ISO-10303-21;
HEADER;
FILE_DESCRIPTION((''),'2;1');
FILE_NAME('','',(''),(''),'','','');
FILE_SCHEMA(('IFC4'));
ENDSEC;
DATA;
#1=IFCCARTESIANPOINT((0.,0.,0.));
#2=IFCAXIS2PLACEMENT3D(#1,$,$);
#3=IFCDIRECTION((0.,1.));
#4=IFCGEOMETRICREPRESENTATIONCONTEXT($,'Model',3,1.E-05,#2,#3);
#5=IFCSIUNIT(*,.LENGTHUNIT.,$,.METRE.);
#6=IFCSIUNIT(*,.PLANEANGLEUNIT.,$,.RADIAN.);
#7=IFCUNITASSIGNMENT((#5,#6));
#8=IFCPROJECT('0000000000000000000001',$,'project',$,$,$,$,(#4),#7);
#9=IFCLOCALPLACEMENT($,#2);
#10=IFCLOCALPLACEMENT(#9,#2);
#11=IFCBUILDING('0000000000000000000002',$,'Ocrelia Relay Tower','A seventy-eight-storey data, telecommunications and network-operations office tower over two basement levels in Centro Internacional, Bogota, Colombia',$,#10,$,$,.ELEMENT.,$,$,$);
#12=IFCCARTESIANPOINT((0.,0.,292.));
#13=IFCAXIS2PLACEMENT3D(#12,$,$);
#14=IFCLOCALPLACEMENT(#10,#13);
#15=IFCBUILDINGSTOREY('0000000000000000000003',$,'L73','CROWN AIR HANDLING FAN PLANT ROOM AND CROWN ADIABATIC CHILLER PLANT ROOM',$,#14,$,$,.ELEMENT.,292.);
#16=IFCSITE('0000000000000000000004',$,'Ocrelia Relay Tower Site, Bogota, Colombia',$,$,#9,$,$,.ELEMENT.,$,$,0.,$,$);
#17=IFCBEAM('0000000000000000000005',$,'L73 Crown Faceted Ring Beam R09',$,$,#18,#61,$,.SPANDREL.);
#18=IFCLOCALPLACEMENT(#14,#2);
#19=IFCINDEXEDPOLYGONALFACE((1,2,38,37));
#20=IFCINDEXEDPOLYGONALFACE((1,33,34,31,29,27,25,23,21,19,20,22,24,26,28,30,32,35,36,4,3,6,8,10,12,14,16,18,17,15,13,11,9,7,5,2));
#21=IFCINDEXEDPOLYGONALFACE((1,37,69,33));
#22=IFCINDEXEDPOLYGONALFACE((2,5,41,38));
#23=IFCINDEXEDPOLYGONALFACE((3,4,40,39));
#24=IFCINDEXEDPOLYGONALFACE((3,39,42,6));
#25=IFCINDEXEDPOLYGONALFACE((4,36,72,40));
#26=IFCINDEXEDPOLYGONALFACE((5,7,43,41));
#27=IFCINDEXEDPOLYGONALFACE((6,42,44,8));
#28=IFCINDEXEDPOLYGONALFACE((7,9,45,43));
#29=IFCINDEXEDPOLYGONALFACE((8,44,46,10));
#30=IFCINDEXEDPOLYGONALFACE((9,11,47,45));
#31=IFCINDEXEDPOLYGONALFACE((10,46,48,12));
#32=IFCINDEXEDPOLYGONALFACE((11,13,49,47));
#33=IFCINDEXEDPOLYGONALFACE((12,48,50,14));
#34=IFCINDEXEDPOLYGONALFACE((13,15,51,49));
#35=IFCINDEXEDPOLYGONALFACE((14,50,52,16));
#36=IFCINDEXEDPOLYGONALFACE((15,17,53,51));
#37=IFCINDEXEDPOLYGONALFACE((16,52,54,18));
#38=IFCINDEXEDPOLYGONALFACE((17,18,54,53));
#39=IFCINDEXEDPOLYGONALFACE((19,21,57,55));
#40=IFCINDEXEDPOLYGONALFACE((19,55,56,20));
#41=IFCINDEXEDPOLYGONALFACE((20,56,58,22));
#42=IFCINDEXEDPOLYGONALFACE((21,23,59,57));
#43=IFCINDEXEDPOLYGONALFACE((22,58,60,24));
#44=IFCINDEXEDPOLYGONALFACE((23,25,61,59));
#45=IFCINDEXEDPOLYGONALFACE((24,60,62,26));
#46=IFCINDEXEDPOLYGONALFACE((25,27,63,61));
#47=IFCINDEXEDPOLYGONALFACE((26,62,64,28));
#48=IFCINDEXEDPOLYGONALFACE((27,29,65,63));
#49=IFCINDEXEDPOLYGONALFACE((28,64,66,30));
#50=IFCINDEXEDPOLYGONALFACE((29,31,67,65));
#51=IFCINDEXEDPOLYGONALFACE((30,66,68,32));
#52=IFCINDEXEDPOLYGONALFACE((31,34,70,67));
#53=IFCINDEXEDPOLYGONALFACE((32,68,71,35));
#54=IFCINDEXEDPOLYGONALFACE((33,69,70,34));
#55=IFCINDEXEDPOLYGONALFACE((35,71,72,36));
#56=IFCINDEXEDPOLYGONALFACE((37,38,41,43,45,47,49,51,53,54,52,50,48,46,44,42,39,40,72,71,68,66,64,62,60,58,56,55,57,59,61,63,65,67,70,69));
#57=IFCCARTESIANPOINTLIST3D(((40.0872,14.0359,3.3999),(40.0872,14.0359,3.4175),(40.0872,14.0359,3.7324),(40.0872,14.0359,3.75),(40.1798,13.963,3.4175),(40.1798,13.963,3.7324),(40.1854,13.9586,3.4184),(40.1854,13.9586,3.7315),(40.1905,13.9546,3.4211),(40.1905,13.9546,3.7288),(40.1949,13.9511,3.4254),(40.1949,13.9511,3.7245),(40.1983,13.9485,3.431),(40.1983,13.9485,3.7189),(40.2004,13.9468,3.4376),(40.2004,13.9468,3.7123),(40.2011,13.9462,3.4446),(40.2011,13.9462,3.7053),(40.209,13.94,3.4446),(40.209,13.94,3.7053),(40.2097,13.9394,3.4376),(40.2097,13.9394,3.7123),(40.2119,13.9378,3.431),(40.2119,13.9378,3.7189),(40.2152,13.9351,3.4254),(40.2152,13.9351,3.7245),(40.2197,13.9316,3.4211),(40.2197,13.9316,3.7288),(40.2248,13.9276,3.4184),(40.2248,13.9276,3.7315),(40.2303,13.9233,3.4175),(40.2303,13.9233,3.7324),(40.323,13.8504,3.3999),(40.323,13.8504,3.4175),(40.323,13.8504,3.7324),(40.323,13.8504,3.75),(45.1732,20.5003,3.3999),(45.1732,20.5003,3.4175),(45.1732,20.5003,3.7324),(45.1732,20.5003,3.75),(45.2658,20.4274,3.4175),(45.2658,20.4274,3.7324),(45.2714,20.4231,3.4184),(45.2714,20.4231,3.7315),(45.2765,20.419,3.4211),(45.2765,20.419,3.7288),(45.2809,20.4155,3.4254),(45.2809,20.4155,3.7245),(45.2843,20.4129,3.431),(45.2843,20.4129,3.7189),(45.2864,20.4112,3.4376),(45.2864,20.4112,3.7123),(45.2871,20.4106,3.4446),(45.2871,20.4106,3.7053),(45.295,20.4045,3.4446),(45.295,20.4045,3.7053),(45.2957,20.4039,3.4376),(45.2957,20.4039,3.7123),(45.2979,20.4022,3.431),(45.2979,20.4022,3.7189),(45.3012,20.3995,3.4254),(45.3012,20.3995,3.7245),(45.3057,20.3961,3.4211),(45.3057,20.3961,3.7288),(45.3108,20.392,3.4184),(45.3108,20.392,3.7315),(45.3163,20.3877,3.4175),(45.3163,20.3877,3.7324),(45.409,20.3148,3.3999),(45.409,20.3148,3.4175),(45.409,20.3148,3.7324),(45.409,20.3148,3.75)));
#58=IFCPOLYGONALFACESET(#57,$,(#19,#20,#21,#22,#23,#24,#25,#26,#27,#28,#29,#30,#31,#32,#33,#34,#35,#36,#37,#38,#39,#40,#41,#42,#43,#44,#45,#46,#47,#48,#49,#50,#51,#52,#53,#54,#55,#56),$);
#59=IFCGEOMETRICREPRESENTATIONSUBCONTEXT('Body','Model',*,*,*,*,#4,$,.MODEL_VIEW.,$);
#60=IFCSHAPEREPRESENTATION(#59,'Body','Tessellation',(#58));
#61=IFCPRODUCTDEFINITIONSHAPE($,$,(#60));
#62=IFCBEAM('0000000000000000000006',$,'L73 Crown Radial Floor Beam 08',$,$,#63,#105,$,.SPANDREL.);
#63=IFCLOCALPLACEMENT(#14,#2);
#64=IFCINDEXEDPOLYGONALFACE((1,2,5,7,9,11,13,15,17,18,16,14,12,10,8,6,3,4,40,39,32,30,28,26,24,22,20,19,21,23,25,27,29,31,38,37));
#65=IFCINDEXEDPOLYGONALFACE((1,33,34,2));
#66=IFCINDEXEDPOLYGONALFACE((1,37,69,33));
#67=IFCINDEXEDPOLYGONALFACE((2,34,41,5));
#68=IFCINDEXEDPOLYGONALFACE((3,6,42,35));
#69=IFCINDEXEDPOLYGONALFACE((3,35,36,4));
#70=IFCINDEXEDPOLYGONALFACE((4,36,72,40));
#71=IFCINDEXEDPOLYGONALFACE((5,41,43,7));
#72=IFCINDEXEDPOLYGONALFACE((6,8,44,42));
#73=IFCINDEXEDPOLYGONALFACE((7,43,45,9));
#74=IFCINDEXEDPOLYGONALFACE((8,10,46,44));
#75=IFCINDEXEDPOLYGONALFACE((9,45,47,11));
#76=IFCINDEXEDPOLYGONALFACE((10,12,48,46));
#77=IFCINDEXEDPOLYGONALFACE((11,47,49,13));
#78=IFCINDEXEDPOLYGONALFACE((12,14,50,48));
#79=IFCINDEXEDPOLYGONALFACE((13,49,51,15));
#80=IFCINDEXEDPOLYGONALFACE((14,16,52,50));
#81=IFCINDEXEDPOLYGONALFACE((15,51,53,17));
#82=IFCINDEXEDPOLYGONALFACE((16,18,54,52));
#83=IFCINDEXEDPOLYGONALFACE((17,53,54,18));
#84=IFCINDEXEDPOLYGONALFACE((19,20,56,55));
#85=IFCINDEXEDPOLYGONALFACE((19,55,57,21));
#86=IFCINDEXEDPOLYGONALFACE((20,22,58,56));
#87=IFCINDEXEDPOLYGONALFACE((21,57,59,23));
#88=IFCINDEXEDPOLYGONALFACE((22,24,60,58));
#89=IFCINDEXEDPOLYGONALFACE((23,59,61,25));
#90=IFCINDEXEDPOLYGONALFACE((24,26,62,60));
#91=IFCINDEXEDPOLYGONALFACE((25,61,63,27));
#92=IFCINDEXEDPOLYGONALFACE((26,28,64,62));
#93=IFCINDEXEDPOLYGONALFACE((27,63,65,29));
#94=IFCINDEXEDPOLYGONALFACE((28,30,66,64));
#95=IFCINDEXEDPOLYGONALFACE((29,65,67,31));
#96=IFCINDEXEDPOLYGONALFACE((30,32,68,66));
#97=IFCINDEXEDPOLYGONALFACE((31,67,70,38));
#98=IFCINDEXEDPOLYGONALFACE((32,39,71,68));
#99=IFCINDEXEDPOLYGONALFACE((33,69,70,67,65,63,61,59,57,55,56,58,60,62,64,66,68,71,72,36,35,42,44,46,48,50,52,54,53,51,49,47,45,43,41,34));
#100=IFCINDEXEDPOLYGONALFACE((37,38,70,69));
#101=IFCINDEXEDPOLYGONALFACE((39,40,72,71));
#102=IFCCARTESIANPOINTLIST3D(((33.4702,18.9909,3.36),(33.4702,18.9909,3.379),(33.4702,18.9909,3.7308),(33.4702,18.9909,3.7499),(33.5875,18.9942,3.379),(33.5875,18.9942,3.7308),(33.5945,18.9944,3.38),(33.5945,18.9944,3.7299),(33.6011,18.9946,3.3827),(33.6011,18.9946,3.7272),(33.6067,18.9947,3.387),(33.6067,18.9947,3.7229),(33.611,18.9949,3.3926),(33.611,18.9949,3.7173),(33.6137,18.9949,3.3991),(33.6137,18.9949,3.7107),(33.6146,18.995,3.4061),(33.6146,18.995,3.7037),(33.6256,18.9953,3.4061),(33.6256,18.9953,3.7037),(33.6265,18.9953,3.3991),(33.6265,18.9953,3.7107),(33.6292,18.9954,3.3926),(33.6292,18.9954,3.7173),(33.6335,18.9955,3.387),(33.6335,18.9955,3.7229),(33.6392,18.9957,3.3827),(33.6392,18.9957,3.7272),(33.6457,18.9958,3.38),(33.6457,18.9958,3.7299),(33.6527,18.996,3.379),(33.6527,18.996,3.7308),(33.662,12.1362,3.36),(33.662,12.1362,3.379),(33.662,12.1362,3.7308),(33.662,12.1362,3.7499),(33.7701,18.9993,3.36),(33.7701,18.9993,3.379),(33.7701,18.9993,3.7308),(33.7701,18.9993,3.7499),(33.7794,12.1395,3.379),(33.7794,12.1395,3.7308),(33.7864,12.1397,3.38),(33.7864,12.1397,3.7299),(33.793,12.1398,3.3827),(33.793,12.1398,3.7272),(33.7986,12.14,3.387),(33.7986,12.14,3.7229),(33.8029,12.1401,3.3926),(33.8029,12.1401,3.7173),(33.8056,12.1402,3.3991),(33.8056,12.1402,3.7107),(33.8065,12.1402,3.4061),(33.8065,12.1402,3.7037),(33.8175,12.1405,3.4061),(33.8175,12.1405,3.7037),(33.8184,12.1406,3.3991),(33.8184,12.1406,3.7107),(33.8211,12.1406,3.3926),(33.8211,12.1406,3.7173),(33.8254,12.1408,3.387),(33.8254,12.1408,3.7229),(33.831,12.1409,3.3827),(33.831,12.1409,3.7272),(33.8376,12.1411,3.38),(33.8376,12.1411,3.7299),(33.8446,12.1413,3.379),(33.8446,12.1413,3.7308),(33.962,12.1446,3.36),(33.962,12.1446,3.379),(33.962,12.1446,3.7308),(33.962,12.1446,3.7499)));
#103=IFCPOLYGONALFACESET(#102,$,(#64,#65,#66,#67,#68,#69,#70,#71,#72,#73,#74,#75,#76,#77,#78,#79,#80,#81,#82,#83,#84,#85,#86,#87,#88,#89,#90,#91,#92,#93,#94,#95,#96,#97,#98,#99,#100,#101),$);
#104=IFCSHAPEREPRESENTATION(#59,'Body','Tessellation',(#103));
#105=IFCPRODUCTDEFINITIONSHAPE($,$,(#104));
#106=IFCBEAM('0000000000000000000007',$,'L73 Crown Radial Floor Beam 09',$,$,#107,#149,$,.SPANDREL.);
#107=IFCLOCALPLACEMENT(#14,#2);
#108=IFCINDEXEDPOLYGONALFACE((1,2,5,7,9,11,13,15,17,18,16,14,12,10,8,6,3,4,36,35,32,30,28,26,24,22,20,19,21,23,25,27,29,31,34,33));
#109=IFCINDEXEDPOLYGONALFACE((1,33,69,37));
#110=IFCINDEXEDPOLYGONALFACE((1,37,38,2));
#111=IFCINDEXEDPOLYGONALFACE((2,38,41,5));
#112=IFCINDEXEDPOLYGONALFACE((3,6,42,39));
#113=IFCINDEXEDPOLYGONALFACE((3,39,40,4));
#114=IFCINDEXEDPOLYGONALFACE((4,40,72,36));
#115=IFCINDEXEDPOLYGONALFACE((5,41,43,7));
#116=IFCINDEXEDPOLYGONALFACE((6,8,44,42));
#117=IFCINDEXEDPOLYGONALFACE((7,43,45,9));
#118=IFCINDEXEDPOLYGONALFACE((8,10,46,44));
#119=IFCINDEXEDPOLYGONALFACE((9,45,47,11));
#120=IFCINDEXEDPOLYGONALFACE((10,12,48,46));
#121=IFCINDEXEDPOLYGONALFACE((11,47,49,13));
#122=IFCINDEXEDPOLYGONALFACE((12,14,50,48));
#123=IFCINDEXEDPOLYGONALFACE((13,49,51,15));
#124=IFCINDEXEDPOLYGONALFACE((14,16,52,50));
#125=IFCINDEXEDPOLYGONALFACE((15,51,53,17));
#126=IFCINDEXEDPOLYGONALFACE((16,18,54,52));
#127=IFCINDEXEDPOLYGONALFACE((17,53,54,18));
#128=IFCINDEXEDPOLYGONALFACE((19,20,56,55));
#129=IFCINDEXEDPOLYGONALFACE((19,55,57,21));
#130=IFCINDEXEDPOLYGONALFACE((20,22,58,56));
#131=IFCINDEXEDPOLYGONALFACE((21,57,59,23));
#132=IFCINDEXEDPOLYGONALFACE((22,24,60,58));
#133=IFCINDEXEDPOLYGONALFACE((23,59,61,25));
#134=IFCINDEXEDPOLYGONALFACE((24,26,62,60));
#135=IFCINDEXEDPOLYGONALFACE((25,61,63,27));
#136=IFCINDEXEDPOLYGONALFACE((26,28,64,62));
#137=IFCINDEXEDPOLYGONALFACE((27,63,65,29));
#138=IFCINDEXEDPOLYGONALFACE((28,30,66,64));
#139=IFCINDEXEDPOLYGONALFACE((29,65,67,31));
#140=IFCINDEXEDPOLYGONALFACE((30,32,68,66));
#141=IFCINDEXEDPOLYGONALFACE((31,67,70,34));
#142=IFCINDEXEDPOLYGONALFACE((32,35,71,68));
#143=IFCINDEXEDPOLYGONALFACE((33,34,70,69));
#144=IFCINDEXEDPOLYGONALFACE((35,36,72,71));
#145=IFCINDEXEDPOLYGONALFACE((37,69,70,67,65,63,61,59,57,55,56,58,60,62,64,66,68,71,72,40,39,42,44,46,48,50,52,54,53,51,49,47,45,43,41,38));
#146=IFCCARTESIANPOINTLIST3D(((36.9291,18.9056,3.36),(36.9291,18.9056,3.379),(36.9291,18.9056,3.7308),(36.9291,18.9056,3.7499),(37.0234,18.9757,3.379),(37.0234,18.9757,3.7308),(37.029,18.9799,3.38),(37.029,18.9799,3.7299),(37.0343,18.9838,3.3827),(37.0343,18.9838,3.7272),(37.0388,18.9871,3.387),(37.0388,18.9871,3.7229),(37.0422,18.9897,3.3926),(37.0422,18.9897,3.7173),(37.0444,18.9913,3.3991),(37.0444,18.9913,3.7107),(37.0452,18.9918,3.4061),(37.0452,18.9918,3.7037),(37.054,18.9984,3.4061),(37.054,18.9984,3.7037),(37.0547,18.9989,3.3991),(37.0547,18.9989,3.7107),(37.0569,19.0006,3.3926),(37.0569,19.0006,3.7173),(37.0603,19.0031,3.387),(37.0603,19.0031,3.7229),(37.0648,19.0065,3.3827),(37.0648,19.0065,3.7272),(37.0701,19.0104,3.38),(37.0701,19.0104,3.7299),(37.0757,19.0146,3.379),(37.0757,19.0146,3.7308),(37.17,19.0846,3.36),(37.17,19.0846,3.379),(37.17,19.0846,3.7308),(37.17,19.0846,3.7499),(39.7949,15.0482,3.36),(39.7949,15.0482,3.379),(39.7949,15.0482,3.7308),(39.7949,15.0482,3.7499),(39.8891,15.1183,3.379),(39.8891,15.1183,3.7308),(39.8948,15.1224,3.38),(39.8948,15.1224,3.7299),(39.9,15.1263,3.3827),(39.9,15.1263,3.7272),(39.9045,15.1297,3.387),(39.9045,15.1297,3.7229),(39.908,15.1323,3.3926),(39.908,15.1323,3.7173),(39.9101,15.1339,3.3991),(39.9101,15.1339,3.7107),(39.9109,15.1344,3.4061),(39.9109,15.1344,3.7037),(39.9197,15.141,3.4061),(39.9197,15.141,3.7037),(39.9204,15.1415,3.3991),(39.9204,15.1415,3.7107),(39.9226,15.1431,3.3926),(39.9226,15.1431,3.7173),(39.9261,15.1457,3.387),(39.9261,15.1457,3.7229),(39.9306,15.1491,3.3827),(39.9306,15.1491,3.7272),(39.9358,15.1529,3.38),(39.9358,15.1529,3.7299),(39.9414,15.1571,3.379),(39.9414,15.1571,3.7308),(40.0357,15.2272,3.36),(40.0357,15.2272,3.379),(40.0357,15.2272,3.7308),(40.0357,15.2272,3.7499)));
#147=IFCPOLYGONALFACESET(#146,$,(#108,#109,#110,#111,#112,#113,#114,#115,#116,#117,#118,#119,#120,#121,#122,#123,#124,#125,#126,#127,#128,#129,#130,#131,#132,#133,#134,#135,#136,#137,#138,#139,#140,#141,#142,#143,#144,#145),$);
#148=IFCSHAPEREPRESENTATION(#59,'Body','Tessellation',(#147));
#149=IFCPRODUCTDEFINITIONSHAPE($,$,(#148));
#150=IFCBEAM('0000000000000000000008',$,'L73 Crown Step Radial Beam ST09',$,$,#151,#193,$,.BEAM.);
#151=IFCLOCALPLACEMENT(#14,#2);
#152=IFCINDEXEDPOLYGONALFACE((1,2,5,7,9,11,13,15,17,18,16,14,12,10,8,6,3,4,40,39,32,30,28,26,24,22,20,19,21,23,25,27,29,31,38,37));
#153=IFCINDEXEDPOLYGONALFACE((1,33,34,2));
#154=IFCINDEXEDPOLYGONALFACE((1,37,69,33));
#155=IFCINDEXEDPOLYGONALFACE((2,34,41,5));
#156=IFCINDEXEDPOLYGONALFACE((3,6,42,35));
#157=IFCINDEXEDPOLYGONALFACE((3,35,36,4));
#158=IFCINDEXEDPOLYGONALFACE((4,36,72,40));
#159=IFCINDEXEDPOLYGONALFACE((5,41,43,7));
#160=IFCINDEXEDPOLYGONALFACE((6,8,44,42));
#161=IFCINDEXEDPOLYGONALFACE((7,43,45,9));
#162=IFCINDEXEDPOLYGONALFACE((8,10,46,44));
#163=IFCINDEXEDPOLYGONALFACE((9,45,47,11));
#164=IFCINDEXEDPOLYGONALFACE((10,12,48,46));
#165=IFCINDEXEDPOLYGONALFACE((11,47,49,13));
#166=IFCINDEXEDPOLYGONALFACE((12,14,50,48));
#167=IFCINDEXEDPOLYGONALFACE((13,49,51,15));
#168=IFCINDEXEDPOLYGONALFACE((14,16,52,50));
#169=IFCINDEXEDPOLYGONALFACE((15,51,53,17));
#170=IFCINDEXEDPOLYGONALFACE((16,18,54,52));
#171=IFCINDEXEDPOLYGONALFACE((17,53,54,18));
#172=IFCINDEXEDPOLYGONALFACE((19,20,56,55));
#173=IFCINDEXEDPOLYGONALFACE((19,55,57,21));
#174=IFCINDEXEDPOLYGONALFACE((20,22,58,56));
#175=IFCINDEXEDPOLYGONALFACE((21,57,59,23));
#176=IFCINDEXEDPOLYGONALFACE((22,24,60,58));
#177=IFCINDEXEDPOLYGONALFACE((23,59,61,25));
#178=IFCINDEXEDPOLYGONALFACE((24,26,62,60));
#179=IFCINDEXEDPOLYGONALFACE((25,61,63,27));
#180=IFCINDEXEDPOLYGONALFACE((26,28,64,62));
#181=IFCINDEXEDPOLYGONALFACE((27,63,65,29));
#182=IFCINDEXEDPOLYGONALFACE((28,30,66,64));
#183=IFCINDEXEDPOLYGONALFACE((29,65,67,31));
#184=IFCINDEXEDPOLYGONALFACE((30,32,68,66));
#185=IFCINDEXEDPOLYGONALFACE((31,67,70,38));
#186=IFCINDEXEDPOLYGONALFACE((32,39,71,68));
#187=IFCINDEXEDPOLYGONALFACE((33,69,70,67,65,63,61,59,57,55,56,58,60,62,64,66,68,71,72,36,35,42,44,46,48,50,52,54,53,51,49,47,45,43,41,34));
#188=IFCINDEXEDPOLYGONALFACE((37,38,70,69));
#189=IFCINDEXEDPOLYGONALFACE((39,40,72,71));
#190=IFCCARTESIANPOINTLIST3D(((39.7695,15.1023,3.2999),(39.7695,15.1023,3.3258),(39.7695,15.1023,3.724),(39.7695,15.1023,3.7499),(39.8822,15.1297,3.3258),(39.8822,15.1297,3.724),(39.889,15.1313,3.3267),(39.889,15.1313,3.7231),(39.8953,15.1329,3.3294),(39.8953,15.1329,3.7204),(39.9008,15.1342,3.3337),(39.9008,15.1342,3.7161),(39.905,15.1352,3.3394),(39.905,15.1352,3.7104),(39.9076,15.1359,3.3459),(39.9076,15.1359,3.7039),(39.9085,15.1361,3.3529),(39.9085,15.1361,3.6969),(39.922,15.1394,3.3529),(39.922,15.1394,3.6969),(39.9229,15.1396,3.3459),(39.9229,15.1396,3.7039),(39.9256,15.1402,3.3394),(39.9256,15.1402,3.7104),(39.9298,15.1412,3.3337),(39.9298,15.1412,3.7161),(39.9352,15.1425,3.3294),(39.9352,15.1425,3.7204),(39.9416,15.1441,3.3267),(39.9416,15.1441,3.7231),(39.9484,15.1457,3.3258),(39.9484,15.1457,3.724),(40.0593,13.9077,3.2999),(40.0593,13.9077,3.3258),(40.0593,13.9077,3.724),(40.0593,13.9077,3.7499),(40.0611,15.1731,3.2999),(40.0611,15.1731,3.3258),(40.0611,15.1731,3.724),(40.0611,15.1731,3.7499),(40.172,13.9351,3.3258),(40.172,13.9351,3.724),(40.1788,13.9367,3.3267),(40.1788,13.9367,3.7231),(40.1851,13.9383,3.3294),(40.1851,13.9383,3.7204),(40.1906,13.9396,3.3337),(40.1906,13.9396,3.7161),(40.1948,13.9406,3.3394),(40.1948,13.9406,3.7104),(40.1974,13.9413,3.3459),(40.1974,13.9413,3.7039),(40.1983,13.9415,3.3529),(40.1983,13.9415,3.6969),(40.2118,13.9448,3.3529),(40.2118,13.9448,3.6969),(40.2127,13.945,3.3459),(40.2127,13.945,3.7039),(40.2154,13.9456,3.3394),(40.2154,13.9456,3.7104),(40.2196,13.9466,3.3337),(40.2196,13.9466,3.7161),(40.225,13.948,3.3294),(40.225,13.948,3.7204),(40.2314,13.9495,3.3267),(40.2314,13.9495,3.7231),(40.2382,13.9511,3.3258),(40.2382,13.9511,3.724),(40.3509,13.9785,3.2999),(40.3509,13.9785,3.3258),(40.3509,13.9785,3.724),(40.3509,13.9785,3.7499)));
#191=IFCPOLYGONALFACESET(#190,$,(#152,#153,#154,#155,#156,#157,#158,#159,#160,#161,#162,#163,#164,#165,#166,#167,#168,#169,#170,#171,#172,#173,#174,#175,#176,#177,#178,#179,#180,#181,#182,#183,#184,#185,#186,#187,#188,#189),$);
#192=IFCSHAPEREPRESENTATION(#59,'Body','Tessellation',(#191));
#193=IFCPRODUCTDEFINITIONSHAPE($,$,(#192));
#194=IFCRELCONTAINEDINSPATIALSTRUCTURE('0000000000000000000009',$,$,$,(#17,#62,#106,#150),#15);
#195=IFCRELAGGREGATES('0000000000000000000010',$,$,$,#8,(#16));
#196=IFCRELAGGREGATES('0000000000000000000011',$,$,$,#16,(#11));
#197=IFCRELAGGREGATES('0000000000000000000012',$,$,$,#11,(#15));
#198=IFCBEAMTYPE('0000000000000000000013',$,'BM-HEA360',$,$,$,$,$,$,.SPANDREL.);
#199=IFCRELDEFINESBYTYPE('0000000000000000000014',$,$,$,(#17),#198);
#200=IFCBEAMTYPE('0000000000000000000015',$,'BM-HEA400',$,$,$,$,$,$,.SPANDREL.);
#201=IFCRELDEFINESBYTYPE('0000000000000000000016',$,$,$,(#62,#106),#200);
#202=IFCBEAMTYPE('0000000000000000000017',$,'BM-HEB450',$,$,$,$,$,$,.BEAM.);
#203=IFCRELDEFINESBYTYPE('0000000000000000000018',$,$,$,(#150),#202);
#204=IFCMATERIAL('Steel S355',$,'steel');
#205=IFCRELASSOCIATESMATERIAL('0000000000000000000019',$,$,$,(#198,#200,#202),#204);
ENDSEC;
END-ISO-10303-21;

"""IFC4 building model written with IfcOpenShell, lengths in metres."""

from ifc_helpers import new_model, si_unit, direction, frame, origin, origin_2d, place, context, subcontext, project, spatial, i_section, extrude, material, material_profile, profile_set, type_object, element, save


model = new_model("IFC4")

# Units and contexts
model_context = context("Model", 3, precision=1e-05, world=origin(), true_north=direction((0.0, 1.0)))
body_context = subcontext(model_context, "Body", "Model", "MODEL_VIEW")
ifc_project = project(units=[si_unit("LENGTHUNIT", "METRE"), si_unit("PLANEANGLEUNIT", "RADIAN")], contexts=[model_context])

# Site, building, storey
site_placement = place(None, origin())
site = spatial("IfcSite", under=ifc_project, at=site_placement, Name="Ocrelia Relay Tower Site, Bogota, Colombia", CompositionType="ELEMENT", RefElevation=0.0)
building_placement = place(site_placement, origin())
building = spatial("IfcBuilding", under=site, at=building_placement, Name="Ocrelia Relay Tower", Description="A seventy-eight-storey data, telecommunications and network-operations office tower over two basement levels in Centro Internacional, Bogota, Colombia", CompositionType="ELEMENT")
storey_placement = place(building_placement, frame((0.0, 0.0, 292.0)))
storey = spatial("IfcBuildingStorey", under=building, at=storey_placement, Name="L73", Description="CROWN AIR HANDLING FAN PLANT ROOM AND CROWN ADIABATIC CHILLER PLANT ROOM", CompositionType="ELEMENT", Elevation=292.0)

# Beams
ifc_material_1 = material(Name="Steel S355", Category="steel")
ifc_material_profile_1 = material_profile(ifc_material_1, i_section(OverallWidth=0.3, OverallDepth=0.3501, WebThickness=0.01, FlangeThickness=0.0176, FilletRadius=0.0271, at=origin_2d()), Name="HEA 360")
ifc_profile_set_1 = profile_set([ifc_material_profile_1], Name="Steel S355")
beam_type_1 = type_object("IfcBeamType", Name="BM-HEA360", PredefinedType="SPANDREL", material=ifc_profile_set_1)
beam_1_placement = place(storey_placement, frame((40.2051, 13.9431, 3.575), z_axis=(0.618333, 0.785916, 0.0), x_axis=(-0.785916, 0.618333, 0.0)))
element("IfcBeam", 1, at=beam_1_placement, inside=storey, type_object=beam_type_1, Name="L73 Crown Faceted Ring Beam R09", PredefinedType="SPANDREL", context=body_context, shape_type="SweptSolid", body=[
    extrude(i_section(OverallWidth=0.3, OverallDepth=0.3501, WebThickness=0.01, FlangeThickness=0.0176, FilletRadius=0.0271, at=origin_2d()), origin(), (0.0, 0.0, 1.0), 8.2253),
])
ifc_material_profile_2 = material_profile(ifc_material_1, i_section(OverallWidth=0.3, OverallDepth=0.3899, WebThickness=0.011, FlangeThickness=0.019, FilletRadius=0.0271, at=origin_2d()), Name="HEA 400")
ifc_profile_set_2 = profile_set([ifc_material_profile_2], Name="Steel S355")
beam_type_2 = type_object("IfcBeamType", Name="BM-HEA400", PredefinedType="SPANDREL", material=ifc_profile_set_2)
beam_2_placement = place(storey_placement, frame((33.812, 12.1404, 3.5549), z_axis=(-0.027983, 0.999608, 0.0), x_axis=(-0.999608, -0.027983, 0.0)))
element("IfcBeam", 2, at=beam_2_placement, inside=storey, type_object=beam_type_2, Name="L73 Crown Radial Floor Beam 08", PredefinedType="SPANDREL", context=body_context, shape_type="SweptSolid", body=[
    extrude(i_section(OverallWidth=0.3, OverallDepth=0.3899, WebThickness=0.011, FlangeThickness=0.019, FilletRadius=0.0271, at=origin_2d()), origin(), (0.0, 0.0, 1.0), 6.8574),
])
beam_3_placement = place(storey_placement, frame((39.9153, 15.1377, 3.5549), z_axis=(-0.596352, 0.802723, 0.0), x_axis=(-0.802723, -0.596352, 0.0)))
element("IfcBeam", 3, at=beam_3_placement, inside=storey, type_object=beam_type_2, Name="L73 Crown Radial Floor Beam 09", PredefinedType="SPANDREL", context=body_context, shape_type="SweptSolid", body=[
    extrude(i_section(OverallWidth=0.3, OverallDepth=0.3899, WebThickness=0.011, FlangeThickness=0.019, FilletRadius=0.0271, at=origin_2d()), origin(), (0.0, 0.0, 1.0), 4.8054),
])
ifc_material_profile_3 = material_profile(ifc_material_1, i_section(OverallWidth=0.3, OverallDepth=0.45, WebThickness=0.0139, FlangeThickness=0.0259, FilletRadius=0.0271, at=origin_2d()), Name="HEB 450")
ifc_profile_set_3 = profile_set([ifc_material_profile_3], Name="Steel S355")
beam_type_3 = type_object("IfcBeamType", Name="BM-HEB450", PredefinedType="BEAM", material=ifc_profile_set_3)
beam_4_placement = place(storey_placement, frame((40.2051, 13.9431, 3.5249), z_axis=(-0.235754, 0.971813, 0.0), x_axis=(-0.971813, -0.235754, 0.0)))
element("IfcBeam", 4, at=beam_4_placement, inside=storey, type_object=beam_type_3, Name="L73 Crown Step Radial Beam ST09", PredefinedType="BEAM", context=body_context, shape_type="SweptSolid", body=[
    extrude(i_section(OverallWidth=0.3, OverallDepth=0.45, WebThickness=0.0139, FlangeThickness=0.0259, FilletRadius=0.0271, at=origin_2d()), origin(), (0.0, 0.0, 1.0), 1.2292),
])

save(model, "model.ifc")
